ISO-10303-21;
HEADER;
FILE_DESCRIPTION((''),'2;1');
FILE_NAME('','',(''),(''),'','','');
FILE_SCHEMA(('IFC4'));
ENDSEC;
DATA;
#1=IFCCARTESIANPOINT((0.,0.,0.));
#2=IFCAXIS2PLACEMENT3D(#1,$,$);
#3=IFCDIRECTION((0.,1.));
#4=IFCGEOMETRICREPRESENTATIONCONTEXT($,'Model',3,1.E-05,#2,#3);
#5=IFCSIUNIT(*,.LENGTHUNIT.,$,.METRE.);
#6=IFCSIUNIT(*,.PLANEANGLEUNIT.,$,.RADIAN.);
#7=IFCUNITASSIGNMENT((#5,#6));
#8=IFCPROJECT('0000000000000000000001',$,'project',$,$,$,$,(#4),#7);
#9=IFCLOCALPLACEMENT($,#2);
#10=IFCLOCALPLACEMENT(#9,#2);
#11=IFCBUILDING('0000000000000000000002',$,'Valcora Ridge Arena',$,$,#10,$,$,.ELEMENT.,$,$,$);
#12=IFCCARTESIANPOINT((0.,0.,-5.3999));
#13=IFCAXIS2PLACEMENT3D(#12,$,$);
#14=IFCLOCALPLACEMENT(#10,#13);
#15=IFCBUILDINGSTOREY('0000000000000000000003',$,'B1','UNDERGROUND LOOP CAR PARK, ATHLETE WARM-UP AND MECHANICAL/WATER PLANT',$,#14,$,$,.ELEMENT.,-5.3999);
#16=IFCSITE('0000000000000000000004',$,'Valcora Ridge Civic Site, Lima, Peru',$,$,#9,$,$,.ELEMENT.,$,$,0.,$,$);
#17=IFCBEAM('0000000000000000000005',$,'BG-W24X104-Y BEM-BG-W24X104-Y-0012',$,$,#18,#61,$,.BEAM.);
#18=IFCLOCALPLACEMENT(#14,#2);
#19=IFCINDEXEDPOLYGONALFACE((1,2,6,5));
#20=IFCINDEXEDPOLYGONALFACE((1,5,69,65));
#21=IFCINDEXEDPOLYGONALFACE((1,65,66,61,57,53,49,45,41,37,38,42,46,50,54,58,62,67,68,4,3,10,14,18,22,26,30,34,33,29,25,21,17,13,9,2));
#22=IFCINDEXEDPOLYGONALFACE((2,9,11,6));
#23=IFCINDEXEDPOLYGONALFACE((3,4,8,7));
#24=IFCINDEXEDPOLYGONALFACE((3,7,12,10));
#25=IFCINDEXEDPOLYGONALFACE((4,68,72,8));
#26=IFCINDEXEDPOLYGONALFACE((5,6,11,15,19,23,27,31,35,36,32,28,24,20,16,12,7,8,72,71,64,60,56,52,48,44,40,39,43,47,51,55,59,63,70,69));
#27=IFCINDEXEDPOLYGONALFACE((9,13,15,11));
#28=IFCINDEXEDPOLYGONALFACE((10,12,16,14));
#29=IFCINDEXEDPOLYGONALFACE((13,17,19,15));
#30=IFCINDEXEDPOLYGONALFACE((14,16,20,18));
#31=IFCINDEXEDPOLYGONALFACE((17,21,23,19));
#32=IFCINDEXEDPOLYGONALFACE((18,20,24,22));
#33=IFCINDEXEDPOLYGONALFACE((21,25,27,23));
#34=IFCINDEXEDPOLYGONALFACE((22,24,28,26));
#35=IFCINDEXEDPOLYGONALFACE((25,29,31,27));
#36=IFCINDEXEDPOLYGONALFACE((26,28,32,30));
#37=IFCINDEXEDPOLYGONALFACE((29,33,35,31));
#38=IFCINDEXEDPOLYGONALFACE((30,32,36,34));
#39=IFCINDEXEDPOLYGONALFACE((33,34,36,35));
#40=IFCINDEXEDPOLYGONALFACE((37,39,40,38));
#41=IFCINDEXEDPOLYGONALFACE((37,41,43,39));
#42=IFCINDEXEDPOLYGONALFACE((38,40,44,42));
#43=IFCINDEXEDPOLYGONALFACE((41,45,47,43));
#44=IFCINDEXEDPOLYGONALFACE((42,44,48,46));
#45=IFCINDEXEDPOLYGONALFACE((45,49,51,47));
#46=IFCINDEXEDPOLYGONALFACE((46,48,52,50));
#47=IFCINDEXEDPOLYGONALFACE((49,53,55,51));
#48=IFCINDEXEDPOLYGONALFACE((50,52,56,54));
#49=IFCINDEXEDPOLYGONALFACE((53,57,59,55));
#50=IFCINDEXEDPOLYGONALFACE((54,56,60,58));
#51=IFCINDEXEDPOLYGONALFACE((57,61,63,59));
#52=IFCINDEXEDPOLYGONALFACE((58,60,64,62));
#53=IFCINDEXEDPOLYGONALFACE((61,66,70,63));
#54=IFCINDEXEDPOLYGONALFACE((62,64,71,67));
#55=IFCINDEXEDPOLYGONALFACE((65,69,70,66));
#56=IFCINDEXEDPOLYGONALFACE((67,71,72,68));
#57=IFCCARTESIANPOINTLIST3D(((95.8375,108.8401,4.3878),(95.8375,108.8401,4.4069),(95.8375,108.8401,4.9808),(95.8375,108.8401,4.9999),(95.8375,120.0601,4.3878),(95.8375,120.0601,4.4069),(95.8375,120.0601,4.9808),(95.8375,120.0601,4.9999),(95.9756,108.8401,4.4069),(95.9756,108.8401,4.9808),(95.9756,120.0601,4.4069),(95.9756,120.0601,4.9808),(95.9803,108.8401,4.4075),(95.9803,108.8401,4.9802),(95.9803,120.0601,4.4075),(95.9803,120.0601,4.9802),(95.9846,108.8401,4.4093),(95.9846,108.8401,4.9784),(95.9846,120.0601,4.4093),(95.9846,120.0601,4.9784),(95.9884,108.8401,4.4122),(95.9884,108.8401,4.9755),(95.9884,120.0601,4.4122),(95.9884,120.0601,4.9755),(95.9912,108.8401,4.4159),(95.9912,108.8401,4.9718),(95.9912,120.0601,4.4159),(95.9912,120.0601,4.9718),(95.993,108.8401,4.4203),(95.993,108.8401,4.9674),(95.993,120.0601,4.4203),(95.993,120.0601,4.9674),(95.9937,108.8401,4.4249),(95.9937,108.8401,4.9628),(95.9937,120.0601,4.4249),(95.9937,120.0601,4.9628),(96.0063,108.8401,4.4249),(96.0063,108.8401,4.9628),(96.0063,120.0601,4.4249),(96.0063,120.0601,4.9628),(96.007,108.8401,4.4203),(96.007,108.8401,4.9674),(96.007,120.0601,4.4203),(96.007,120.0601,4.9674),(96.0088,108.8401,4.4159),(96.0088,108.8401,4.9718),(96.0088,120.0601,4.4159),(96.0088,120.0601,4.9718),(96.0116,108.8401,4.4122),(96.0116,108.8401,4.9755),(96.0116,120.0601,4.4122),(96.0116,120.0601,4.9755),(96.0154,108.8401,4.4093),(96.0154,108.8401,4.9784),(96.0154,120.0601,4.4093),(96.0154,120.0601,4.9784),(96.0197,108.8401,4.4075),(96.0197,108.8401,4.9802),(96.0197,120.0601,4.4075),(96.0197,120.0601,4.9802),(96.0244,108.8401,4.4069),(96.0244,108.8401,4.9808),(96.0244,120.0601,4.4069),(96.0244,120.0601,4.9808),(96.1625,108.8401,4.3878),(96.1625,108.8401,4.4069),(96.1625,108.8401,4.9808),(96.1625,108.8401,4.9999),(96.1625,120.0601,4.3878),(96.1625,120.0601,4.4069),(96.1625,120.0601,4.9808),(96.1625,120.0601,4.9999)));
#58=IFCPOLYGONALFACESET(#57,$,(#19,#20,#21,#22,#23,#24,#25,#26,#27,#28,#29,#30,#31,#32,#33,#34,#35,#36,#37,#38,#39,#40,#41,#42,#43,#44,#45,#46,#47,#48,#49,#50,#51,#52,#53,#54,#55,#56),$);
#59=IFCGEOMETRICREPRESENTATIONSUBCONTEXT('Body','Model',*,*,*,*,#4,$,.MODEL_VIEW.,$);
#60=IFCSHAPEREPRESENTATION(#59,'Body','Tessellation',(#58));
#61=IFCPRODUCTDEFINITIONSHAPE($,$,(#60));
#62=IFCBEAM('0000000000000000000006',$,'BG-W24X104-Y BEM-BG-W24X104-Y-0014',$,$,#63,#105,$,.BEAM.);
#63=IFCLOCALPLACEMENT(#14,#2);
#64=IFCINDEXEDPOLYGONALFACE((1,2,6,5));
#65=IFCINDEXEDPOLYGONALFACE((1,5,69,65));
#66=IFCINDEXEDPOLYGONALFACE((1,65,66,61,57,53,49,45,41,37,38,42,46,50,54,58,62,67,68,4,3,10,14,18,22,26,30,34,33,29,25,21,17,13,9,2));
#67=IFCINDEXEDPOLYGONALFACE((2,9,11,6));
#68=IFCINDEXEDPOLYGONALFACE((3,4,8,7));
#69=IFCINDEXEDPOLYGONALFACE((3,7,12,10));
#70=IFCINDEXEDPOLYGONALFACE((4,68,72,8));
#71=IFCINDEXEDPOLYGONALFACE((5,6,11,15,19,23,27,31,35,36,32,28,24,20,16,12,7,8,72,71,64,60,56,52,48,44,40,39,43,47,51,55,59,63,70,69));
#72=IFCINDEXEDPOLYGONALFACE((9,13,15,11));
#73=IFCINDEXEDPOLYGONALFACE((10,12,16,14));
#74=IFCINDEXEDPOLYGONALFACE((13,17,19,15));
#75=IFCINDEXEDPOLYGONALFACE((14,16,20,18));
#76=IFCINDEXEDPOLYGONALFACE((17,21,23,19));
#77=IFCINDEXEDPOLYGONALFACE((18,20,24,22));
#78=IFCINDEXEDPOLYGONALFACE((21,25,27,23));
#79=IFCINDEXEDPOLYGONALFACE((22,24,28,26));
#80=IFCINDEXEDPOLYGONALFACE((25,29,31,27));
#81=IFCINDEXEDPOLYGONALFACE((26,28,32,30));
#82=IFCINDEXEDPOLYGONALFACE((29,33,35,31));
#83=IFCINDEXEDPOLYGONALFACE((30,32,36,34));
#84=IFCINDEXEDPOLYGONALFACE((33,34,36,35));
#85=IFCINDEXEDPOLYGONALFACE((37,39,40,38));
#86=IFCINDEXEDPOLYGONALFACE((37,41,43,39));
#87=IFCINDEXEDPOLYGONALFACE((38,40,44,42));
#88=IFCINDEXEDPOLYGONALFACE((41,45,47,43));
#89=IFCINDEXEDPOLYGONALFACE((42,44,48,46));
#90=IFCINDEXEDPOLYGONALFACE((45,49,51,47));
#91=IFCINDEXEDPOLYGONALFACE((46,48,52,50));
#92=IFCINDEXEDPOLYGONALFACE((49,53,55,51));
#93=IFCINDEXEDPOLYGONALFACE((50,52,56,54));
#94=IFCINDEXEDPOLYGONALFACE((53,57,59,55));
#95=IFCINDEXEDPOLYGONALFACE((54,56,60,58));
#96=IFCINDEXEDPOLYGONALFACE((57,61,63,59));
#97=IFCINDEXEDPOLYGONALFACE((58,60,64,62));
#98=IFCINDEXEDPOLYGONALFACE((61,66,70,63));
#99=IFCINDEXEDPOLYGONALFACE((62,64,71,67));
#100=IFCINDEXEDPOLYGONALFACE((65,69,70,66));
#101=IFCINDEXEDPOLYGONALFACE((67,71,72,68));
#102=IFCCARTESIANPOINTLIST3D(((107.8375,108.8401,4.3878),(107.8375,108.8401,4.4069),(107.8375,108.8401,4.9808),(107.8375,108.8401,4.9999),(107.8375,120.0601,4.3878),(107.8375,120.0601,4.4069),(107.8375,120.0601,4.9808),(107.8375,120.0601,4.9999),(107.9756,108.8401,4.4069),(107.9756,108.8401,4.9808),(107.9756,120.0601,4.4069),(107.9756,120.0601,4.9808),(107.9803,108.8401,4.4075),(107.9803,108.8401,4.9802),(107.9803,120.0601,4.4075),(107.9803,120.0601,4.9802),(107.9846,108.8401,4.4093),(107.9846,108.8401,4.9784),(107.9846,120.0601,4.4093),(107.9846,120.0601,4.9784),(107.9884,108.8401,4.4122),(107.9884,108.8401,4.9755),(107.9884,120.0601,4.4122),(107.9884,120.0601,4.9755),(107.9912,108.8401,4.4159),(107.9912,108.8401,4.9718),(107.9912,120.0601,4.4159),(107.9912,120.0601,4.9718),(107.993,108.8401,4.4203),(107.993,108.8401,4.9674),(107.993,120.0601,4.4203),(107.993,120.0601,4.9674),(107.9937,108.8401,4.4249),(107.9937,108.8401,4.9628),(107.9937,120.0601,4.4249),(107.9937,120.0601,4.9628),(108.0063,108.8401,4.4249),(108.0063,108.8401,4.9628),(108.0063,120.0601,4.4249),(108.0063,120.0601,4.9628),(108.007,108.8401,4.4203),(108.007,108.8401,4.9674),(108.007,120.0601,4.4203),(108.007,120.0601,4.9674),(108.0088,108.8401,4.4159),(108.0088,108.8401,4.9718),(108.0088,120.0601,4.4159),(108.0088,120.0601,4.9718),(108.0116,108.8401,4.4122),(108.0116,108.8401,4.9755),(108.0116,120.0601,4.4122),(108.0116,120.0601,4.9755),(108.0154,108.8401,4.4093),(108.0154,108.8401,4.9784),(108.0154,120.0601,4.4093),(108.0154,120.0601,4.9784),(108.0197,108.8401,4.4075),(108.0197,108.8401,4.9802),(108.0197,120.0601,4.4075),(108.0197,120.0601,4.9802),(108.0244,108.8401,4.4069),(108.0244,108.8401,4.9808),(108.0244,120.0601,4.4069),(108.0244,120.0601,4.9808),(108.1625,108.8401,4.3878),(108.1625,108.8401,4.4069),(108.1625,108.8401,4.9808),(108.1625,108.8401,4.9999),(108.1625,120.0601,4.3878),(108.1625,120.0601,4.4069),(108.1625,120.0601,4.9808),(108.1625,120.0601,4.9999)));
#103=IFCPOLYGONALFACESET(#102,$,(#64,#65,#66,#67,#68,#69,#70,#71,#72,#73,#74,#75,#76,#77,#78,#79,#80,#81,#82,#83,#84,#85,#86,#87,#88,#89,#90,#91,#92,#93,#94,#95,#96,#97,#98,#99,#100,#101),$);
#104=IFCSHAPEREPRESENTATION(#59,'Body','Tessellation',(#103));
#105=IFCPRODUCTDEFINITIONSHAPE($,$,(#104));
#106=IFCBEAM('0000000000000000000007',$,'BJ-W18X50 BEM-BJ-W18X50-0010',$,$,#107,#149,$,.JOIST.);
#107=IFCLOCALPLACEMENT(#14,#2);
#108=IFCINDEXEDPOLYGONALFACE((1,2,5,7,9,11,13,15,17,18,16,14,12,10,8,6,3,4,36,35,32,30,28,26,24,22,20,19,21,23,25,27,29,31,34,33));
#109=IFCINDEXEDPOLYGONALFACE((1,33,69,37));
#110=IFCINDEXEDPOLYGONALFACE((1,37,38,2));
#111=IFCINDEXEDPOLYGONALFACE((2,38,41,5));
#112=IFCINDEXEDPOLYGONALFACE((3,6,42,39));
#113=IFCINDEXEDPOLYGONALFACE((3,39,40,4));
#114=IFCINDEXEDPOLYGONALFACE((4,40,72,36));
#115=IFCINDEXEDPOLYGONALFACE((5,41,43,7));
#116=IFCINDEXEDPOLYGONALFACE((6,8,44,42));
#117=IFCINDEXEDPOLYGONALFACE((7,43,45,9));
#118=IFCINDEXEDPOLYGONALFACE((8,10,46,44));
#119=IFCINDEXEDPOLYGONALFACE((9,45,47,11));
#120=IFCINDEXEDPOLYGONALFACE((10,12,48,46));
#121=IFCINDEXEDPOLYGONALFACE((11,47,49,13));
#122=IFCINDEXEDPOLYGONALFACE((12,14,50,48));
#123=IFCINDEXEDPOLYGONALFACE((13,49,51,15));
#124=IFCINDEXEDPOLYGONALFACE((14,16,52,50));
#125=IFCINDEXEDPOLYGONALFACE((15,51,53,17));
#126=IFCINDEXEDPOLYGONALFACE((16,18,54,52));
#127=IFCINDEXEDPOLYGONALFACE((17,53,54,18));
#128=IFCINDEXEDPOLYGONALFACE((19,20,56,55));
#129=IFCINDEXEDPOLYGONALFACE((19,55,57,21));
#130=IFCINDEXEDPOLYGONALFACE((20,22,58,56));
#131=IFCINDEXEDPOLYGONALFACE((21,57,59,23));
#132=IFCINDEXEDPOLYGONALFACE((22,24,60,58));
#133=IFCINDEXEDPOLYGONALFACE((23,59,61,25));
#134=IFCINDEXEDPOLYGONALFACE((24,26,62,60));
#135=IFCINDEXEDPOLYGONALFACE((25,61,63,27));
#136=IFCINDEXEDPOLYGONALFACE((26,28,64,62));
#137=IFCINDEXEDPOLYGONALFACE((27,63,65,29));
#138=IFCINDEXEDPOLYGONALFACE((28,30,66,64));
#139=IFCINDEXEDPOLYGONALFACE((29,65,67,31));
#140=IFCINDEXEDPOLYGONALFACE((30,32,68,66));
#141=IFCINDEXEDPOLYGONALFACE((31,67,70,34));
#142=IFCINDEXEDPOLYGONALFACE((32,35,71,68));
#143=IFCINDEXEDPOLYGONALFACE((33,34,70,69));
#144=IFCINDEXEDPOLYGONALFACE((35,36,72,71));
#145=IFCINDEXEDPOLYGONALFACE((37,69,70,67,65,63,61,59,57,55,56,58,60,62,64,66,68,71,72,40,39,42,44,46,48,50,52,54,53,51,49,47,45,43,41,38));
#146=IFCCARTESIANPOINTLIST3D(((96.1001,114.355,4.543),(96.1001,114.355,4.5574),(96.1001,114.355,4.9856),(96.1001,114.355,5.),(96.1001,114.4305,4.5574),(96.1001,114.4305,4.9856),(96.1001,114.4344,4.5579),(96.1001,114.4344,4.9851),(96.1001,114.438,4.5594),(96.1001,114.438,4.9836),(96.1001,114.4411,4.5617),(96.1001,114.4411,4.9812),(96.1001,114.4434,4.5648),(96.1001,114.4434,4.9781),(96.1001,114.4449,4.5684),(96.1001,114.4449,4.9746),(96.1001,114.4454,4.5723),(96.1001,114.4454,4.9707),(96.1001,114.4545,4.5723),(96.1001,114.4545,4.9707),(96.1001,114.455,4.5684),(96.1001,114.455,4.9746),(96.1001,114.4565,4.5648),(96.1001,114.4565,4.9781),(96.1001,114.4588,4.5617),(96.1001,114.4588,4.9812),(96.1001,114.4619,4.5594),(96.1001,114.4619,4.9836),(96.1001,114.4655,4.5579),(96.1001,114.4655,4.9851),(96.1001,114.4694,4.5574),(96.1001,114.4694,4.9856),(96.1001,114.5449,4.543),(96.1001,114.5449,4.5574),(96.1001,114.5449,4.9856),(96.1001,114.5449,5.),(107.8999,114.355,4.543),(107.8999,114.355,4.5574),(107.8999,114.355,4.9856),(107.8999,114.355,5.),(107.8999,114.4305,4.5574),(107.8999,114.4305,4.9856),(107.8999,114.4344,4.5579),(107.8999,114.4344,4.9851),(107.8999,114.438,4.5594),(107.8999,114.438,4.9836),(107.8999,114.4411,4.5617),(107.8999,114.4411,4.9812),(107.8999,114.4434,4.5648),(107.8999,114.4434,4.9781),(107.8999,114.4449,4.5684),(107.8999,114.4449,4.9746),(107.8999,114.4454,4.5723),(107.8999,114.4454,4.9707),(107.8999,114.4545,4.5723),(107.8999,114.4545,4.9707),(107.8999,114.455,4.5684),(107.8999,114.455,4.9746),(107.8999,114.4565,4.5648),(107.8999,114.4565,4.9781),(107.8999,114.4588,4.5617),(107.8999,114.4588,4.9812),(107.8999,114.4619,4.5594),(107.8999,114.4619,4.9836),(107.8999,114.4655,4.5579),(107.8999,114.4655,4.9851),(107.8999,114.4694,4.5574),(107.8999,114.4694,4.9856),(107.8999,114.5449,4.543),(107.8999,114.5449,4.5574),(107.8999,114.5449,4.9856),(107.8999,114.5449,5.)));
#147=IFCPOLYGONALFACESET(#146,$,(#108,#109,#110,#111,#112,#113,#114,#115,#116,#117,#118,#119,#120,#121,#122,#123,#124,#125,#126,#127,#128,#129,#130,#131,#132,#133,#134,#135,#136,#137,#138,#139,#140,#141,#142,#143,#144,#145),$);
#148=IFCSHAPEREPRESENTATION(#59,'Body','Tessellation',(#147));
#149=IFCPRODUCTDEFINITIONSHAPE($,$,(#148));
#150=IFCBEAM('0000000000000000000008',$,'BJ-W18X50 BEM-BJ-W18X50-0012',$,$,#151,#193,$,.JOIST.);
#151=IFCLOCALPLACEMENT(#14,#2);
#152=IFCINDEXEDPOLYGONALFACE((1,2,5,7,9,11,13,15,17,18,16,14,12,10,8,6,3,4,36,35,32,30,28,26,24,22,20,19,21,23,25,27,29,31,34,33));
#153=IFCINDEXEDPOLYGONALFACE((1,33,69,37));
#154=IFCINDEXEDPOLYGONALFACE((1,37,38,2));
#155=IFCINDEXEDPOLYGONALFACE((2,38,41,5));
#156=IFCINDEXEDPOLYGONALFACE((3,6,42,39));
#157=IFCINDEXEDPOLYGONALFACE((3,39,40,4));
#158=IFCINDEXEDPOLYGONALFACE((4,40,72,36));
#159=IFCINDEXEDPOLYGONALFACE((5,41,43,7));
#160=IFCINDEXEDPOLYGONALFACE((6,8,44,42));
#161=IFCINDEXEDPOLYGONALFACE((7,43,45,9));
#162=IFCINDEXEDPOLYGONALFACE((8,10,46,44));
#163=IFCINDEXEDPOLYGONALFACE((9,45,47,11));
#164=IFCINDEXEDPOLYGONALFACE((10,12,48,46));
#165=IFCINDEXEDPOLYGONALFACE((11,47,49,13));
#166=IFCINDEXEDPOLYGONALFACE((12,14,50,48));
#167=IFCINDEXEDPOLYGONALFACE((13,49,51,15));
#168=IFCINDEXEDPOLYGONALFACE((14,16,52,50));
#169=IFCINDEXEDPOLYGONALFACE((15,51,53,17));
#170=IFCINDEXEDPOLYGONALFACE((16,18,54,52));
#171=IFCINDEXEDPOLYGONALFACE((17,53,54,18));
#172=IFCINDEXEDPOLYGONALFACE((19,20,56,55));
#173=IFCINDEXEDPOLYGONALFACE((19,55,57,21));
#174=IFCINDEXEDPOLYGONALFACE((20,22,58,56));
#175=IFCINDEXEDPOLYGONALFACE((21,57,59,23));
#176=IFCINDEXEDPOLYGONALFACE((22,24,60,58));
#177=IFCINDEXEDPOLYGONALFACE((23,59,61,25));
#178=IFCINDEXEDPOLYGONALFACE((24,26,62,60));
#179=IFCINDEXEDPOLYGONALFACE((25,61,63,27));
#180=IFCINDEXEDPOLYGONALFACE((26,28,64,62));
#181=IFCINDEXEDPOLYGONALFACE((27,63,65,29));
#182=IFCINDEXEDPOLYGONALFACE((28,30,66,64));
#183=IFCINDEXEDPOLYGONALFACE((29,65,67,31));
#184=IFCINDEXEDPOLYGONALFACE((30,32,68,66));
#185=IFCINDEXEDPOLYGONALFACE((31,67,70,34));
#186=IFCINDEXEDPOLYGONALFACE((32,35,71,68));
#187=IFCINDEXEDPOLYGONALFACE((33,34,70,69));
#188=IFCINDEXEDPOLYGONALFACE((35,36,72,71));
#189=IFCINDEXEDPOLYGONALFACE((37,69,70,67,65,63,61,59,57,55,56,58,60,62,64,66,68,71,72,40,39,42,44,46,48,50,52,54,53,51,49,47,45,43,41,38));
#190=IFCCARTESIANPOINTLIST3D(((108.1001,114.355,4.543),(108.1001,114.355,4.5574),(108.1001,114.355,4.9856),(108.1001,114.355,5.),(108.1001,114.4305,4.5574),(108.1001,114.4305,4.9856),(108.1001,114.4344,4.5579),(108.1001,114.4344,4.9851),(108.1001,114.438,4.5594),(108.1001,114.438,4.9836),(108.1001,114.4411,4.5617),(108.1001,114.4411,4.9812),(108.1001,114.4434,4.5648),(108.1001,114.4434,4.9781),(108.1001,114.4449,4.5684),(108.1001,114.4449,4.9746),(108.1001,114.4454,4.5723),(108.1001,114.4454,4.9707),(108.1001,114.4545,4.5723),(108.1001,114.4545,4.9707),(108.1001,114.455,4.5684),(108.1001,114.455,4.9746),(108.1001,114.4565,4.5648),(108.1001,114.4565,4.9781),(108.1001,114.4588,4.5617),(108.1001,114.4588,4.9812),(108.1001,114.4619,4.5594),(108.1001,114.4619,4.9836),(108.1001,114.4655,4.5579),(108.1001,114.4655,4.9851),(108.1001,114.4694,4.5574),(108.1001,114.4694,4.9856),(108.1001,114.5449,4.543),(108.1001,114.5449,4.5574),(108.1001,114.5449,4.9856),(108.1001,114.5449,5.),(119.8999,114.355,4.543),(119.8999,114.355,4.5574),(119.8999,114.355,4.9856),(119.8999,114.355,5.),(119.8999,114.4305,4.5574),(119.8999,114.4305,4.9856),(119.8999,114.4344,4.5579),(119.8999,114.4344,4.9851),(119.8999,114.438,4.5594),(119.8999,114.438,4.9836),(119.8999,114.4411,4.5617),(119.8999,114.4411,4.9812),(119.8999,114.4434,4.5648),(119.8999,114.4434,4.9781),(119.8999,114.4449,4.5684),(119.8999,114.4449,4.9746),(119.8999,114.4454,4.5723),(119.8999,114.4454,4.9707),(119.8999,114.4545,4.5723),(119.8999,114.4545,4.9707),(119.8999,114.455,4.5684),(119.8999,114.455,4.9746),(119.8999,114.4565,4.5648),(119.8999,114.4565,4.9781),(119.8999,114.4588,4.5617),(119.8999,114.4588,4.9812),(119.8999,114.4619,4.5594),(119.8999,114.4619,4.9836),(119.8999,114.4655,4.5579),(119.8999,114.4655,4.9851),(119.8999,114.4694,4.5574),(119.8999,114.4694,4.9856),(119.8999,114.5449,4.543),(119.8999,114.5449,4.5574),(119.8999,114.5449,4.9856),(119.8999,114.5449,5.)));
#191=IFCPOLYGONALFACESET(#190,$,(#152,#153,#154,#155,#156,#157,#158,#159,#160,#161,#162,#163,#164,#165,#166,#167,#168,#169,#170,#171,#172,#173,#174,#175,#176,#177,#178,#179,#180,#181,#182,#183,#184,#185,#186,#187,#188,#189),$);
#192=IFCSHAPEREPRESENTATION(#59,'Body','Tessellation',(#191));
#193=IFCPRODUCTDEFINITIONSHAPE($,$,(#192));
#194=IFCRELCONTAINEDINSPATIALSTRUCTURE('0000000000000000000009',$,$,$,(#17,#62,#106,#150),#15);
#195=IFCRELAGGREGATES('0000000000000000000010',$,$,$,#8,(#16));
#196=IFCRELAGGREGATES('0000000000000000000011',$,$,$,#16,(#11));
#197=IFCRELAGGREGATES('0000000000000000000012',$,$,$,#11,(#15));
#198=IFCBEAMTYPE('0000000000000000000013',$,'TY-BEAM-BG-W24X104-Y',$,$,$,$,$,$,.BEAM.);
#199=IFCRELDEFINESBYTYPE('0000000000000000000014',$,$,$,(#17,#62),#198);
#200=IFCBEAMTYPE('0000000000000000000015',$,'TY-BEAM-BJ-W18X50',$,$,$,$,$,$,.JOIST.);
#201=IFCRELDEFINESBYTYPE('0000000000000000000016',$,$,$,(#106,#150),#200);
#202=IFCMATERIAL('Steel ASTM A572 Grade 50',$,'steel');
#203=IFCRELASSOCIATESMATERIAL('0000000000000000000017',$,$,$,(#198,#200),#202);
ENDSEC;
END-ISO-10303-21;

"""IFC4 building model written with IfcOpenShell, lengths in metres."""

from ifc_helpers import new_model, si_unit, direction, frame, origin, origin_2d, place, context, subcontext, project, spatial, i_section, extrude, material, material_profile, profile_set, type_object, element, save


model = new_model("IFC4")

# Units and contexts
model_context = context("Model", 3, precision=1e-05, world=origin(), true_north=direction((0.0, 1.0)))
body_context = subcontext(model_context, "Body", "Model", "MODEL_VIEW")
ifc_project = project(units=[si_unit("LENGTHUNIT", "METRE"), si_unit("PLANEANGLEUNIT", "RADIAN")], contexts=[model_context])

# Site, building, storey
site_placement = place(None, origin())
site = spatial("IfcSite", under=ifc_project, at=site_placement, Name="Valcora Ridge Civic Site, Lima, Peru", CompositionType="ELEMENT", RefElevation=0.0)
building_placement = place(site_placement, origin())
building = spatial("IfcBuilding", under=site, at=building_placement, Name="Valcora Ridge Arena", CompositionType="ELEMENT")
storey_placement = place(building_placement, frame((0.0, 0.0, -5.3999)))
storey = spatial("IfcBuildingStorey", under=building, at=storey_placement, Name="B1", Description="UNDERGROUND LOOP CAR PARK, ATHLETE WARM-UP AND MECHANICAL/WATER PLANT", CompositionType="ELEMENT", Elevation=-5.3999)

# Beams
ifc_material_1 = material(Name="Steel ASTM A572 Grade 50", Category="steel")
ifc_material_profile_1 = material_profile(ifc_material_1, i_section(OverallWidth=0.325, OverallDepth=0.6121, WebThickness=0.0127, FlangeThickness=0.019, FilletRadius=0.0181, at=origin_2d()), Name="W24X104")
ifc_profile_set_1 = profile_set([ifc_material_profile_1], Name="Steel ASTM A572 Grade 50")
beam_type_1 = type_object("IfcBeamType", Name="TY-BEAM-BG-W24X104-Y", PredefinedType="BEAM", material=ifc_profile_set_1)
for number, where, z_axis, x_axis, name in (
    (1, (96.0, 108.8401, 4.6938), (0.0, 1.0, 0.0), (-1.0, 0.0, 0.0), "BG-W24X104-Y BEM-BG-W24X104-Y-0012"),
    (2, (108.0, 108.8401, 4.6938), (0.0, 1.0, 0.0), (-1.0, 0.0, 0.0), "BG-W24X104-Y BEM-BG-W24X104-Y-0014"),
):
    element("IfcBeam", number, at=place(storey_placement, frame(where, z_axis=z_axis, x_axis=x_axis)), inside=storey, type_object=beam_type_1, Name=name, PredefinedType="BEAM", context=body_context, shape_type="SweptSolid", body=[
        extrude(i_section(OverallWidth=0.325, OverallDepth=0.6121, WebThickness=0.0127, FlangeThickness=0.019, FilletRadius=0.0181, at=origin_2d()), origin(), (0.0, 0.0, 1.0), 11.22),
    ])
ifc_material_profile_2 = material_profile(ifc_material_1, i_section(OverallWidth=0.1899, OverallDepth=0.457, WebThickness=0.009, FlangeThickness=0.0144, FilletRadius=0.0149, at=origin_2d()), Name="W18X50")
ifc_profile_set_2 = profile_set([ifc_material_profile_2], Name="Steel ASTM A572 Grade 50")
beam_type_2 = type_object("IfcBeamType", Name="TY-BEAM-BJ-W18X50", PredefinedType="JOIST", material=ifc_profile_set_2)
for number, where, z_axis, x_axis, name in (
    (3, (96.1001, 114.45, 4.7715), (1.0, 0.0, 0.0), (0.0, 1.0, 0.0), "BJ-W18X50 BEM-BJ-W18X50-0010"),
    (4, (108.1001, 114.45, 4.7715), (1.0, 0.0, 0.0), (0.0, 1.0, 0.0), "BJ-W18X50 BEM-BJ-W18X50-0012"),
):
    element("IfcBeam", number, at=place(storey_placement, frame(where, z_axis=z_axis, x_axis=x_axis)), inside=storey, type_object=beam_type_2, Name=name, PredefinedType="JOIST", context=body_context, shape_type="SweptSolid", body=[
        extrude(i_section(OverallWidth=0.1899, OverallDepth=0.457, WebThickness=0.009, FlangeThickness=0.0144, FilletRadius=0.0149, at=origin_2d()), origin(), (0.0, 0.0, 1.0), 11.7998),
    ])

save(model, "model.ifc")
